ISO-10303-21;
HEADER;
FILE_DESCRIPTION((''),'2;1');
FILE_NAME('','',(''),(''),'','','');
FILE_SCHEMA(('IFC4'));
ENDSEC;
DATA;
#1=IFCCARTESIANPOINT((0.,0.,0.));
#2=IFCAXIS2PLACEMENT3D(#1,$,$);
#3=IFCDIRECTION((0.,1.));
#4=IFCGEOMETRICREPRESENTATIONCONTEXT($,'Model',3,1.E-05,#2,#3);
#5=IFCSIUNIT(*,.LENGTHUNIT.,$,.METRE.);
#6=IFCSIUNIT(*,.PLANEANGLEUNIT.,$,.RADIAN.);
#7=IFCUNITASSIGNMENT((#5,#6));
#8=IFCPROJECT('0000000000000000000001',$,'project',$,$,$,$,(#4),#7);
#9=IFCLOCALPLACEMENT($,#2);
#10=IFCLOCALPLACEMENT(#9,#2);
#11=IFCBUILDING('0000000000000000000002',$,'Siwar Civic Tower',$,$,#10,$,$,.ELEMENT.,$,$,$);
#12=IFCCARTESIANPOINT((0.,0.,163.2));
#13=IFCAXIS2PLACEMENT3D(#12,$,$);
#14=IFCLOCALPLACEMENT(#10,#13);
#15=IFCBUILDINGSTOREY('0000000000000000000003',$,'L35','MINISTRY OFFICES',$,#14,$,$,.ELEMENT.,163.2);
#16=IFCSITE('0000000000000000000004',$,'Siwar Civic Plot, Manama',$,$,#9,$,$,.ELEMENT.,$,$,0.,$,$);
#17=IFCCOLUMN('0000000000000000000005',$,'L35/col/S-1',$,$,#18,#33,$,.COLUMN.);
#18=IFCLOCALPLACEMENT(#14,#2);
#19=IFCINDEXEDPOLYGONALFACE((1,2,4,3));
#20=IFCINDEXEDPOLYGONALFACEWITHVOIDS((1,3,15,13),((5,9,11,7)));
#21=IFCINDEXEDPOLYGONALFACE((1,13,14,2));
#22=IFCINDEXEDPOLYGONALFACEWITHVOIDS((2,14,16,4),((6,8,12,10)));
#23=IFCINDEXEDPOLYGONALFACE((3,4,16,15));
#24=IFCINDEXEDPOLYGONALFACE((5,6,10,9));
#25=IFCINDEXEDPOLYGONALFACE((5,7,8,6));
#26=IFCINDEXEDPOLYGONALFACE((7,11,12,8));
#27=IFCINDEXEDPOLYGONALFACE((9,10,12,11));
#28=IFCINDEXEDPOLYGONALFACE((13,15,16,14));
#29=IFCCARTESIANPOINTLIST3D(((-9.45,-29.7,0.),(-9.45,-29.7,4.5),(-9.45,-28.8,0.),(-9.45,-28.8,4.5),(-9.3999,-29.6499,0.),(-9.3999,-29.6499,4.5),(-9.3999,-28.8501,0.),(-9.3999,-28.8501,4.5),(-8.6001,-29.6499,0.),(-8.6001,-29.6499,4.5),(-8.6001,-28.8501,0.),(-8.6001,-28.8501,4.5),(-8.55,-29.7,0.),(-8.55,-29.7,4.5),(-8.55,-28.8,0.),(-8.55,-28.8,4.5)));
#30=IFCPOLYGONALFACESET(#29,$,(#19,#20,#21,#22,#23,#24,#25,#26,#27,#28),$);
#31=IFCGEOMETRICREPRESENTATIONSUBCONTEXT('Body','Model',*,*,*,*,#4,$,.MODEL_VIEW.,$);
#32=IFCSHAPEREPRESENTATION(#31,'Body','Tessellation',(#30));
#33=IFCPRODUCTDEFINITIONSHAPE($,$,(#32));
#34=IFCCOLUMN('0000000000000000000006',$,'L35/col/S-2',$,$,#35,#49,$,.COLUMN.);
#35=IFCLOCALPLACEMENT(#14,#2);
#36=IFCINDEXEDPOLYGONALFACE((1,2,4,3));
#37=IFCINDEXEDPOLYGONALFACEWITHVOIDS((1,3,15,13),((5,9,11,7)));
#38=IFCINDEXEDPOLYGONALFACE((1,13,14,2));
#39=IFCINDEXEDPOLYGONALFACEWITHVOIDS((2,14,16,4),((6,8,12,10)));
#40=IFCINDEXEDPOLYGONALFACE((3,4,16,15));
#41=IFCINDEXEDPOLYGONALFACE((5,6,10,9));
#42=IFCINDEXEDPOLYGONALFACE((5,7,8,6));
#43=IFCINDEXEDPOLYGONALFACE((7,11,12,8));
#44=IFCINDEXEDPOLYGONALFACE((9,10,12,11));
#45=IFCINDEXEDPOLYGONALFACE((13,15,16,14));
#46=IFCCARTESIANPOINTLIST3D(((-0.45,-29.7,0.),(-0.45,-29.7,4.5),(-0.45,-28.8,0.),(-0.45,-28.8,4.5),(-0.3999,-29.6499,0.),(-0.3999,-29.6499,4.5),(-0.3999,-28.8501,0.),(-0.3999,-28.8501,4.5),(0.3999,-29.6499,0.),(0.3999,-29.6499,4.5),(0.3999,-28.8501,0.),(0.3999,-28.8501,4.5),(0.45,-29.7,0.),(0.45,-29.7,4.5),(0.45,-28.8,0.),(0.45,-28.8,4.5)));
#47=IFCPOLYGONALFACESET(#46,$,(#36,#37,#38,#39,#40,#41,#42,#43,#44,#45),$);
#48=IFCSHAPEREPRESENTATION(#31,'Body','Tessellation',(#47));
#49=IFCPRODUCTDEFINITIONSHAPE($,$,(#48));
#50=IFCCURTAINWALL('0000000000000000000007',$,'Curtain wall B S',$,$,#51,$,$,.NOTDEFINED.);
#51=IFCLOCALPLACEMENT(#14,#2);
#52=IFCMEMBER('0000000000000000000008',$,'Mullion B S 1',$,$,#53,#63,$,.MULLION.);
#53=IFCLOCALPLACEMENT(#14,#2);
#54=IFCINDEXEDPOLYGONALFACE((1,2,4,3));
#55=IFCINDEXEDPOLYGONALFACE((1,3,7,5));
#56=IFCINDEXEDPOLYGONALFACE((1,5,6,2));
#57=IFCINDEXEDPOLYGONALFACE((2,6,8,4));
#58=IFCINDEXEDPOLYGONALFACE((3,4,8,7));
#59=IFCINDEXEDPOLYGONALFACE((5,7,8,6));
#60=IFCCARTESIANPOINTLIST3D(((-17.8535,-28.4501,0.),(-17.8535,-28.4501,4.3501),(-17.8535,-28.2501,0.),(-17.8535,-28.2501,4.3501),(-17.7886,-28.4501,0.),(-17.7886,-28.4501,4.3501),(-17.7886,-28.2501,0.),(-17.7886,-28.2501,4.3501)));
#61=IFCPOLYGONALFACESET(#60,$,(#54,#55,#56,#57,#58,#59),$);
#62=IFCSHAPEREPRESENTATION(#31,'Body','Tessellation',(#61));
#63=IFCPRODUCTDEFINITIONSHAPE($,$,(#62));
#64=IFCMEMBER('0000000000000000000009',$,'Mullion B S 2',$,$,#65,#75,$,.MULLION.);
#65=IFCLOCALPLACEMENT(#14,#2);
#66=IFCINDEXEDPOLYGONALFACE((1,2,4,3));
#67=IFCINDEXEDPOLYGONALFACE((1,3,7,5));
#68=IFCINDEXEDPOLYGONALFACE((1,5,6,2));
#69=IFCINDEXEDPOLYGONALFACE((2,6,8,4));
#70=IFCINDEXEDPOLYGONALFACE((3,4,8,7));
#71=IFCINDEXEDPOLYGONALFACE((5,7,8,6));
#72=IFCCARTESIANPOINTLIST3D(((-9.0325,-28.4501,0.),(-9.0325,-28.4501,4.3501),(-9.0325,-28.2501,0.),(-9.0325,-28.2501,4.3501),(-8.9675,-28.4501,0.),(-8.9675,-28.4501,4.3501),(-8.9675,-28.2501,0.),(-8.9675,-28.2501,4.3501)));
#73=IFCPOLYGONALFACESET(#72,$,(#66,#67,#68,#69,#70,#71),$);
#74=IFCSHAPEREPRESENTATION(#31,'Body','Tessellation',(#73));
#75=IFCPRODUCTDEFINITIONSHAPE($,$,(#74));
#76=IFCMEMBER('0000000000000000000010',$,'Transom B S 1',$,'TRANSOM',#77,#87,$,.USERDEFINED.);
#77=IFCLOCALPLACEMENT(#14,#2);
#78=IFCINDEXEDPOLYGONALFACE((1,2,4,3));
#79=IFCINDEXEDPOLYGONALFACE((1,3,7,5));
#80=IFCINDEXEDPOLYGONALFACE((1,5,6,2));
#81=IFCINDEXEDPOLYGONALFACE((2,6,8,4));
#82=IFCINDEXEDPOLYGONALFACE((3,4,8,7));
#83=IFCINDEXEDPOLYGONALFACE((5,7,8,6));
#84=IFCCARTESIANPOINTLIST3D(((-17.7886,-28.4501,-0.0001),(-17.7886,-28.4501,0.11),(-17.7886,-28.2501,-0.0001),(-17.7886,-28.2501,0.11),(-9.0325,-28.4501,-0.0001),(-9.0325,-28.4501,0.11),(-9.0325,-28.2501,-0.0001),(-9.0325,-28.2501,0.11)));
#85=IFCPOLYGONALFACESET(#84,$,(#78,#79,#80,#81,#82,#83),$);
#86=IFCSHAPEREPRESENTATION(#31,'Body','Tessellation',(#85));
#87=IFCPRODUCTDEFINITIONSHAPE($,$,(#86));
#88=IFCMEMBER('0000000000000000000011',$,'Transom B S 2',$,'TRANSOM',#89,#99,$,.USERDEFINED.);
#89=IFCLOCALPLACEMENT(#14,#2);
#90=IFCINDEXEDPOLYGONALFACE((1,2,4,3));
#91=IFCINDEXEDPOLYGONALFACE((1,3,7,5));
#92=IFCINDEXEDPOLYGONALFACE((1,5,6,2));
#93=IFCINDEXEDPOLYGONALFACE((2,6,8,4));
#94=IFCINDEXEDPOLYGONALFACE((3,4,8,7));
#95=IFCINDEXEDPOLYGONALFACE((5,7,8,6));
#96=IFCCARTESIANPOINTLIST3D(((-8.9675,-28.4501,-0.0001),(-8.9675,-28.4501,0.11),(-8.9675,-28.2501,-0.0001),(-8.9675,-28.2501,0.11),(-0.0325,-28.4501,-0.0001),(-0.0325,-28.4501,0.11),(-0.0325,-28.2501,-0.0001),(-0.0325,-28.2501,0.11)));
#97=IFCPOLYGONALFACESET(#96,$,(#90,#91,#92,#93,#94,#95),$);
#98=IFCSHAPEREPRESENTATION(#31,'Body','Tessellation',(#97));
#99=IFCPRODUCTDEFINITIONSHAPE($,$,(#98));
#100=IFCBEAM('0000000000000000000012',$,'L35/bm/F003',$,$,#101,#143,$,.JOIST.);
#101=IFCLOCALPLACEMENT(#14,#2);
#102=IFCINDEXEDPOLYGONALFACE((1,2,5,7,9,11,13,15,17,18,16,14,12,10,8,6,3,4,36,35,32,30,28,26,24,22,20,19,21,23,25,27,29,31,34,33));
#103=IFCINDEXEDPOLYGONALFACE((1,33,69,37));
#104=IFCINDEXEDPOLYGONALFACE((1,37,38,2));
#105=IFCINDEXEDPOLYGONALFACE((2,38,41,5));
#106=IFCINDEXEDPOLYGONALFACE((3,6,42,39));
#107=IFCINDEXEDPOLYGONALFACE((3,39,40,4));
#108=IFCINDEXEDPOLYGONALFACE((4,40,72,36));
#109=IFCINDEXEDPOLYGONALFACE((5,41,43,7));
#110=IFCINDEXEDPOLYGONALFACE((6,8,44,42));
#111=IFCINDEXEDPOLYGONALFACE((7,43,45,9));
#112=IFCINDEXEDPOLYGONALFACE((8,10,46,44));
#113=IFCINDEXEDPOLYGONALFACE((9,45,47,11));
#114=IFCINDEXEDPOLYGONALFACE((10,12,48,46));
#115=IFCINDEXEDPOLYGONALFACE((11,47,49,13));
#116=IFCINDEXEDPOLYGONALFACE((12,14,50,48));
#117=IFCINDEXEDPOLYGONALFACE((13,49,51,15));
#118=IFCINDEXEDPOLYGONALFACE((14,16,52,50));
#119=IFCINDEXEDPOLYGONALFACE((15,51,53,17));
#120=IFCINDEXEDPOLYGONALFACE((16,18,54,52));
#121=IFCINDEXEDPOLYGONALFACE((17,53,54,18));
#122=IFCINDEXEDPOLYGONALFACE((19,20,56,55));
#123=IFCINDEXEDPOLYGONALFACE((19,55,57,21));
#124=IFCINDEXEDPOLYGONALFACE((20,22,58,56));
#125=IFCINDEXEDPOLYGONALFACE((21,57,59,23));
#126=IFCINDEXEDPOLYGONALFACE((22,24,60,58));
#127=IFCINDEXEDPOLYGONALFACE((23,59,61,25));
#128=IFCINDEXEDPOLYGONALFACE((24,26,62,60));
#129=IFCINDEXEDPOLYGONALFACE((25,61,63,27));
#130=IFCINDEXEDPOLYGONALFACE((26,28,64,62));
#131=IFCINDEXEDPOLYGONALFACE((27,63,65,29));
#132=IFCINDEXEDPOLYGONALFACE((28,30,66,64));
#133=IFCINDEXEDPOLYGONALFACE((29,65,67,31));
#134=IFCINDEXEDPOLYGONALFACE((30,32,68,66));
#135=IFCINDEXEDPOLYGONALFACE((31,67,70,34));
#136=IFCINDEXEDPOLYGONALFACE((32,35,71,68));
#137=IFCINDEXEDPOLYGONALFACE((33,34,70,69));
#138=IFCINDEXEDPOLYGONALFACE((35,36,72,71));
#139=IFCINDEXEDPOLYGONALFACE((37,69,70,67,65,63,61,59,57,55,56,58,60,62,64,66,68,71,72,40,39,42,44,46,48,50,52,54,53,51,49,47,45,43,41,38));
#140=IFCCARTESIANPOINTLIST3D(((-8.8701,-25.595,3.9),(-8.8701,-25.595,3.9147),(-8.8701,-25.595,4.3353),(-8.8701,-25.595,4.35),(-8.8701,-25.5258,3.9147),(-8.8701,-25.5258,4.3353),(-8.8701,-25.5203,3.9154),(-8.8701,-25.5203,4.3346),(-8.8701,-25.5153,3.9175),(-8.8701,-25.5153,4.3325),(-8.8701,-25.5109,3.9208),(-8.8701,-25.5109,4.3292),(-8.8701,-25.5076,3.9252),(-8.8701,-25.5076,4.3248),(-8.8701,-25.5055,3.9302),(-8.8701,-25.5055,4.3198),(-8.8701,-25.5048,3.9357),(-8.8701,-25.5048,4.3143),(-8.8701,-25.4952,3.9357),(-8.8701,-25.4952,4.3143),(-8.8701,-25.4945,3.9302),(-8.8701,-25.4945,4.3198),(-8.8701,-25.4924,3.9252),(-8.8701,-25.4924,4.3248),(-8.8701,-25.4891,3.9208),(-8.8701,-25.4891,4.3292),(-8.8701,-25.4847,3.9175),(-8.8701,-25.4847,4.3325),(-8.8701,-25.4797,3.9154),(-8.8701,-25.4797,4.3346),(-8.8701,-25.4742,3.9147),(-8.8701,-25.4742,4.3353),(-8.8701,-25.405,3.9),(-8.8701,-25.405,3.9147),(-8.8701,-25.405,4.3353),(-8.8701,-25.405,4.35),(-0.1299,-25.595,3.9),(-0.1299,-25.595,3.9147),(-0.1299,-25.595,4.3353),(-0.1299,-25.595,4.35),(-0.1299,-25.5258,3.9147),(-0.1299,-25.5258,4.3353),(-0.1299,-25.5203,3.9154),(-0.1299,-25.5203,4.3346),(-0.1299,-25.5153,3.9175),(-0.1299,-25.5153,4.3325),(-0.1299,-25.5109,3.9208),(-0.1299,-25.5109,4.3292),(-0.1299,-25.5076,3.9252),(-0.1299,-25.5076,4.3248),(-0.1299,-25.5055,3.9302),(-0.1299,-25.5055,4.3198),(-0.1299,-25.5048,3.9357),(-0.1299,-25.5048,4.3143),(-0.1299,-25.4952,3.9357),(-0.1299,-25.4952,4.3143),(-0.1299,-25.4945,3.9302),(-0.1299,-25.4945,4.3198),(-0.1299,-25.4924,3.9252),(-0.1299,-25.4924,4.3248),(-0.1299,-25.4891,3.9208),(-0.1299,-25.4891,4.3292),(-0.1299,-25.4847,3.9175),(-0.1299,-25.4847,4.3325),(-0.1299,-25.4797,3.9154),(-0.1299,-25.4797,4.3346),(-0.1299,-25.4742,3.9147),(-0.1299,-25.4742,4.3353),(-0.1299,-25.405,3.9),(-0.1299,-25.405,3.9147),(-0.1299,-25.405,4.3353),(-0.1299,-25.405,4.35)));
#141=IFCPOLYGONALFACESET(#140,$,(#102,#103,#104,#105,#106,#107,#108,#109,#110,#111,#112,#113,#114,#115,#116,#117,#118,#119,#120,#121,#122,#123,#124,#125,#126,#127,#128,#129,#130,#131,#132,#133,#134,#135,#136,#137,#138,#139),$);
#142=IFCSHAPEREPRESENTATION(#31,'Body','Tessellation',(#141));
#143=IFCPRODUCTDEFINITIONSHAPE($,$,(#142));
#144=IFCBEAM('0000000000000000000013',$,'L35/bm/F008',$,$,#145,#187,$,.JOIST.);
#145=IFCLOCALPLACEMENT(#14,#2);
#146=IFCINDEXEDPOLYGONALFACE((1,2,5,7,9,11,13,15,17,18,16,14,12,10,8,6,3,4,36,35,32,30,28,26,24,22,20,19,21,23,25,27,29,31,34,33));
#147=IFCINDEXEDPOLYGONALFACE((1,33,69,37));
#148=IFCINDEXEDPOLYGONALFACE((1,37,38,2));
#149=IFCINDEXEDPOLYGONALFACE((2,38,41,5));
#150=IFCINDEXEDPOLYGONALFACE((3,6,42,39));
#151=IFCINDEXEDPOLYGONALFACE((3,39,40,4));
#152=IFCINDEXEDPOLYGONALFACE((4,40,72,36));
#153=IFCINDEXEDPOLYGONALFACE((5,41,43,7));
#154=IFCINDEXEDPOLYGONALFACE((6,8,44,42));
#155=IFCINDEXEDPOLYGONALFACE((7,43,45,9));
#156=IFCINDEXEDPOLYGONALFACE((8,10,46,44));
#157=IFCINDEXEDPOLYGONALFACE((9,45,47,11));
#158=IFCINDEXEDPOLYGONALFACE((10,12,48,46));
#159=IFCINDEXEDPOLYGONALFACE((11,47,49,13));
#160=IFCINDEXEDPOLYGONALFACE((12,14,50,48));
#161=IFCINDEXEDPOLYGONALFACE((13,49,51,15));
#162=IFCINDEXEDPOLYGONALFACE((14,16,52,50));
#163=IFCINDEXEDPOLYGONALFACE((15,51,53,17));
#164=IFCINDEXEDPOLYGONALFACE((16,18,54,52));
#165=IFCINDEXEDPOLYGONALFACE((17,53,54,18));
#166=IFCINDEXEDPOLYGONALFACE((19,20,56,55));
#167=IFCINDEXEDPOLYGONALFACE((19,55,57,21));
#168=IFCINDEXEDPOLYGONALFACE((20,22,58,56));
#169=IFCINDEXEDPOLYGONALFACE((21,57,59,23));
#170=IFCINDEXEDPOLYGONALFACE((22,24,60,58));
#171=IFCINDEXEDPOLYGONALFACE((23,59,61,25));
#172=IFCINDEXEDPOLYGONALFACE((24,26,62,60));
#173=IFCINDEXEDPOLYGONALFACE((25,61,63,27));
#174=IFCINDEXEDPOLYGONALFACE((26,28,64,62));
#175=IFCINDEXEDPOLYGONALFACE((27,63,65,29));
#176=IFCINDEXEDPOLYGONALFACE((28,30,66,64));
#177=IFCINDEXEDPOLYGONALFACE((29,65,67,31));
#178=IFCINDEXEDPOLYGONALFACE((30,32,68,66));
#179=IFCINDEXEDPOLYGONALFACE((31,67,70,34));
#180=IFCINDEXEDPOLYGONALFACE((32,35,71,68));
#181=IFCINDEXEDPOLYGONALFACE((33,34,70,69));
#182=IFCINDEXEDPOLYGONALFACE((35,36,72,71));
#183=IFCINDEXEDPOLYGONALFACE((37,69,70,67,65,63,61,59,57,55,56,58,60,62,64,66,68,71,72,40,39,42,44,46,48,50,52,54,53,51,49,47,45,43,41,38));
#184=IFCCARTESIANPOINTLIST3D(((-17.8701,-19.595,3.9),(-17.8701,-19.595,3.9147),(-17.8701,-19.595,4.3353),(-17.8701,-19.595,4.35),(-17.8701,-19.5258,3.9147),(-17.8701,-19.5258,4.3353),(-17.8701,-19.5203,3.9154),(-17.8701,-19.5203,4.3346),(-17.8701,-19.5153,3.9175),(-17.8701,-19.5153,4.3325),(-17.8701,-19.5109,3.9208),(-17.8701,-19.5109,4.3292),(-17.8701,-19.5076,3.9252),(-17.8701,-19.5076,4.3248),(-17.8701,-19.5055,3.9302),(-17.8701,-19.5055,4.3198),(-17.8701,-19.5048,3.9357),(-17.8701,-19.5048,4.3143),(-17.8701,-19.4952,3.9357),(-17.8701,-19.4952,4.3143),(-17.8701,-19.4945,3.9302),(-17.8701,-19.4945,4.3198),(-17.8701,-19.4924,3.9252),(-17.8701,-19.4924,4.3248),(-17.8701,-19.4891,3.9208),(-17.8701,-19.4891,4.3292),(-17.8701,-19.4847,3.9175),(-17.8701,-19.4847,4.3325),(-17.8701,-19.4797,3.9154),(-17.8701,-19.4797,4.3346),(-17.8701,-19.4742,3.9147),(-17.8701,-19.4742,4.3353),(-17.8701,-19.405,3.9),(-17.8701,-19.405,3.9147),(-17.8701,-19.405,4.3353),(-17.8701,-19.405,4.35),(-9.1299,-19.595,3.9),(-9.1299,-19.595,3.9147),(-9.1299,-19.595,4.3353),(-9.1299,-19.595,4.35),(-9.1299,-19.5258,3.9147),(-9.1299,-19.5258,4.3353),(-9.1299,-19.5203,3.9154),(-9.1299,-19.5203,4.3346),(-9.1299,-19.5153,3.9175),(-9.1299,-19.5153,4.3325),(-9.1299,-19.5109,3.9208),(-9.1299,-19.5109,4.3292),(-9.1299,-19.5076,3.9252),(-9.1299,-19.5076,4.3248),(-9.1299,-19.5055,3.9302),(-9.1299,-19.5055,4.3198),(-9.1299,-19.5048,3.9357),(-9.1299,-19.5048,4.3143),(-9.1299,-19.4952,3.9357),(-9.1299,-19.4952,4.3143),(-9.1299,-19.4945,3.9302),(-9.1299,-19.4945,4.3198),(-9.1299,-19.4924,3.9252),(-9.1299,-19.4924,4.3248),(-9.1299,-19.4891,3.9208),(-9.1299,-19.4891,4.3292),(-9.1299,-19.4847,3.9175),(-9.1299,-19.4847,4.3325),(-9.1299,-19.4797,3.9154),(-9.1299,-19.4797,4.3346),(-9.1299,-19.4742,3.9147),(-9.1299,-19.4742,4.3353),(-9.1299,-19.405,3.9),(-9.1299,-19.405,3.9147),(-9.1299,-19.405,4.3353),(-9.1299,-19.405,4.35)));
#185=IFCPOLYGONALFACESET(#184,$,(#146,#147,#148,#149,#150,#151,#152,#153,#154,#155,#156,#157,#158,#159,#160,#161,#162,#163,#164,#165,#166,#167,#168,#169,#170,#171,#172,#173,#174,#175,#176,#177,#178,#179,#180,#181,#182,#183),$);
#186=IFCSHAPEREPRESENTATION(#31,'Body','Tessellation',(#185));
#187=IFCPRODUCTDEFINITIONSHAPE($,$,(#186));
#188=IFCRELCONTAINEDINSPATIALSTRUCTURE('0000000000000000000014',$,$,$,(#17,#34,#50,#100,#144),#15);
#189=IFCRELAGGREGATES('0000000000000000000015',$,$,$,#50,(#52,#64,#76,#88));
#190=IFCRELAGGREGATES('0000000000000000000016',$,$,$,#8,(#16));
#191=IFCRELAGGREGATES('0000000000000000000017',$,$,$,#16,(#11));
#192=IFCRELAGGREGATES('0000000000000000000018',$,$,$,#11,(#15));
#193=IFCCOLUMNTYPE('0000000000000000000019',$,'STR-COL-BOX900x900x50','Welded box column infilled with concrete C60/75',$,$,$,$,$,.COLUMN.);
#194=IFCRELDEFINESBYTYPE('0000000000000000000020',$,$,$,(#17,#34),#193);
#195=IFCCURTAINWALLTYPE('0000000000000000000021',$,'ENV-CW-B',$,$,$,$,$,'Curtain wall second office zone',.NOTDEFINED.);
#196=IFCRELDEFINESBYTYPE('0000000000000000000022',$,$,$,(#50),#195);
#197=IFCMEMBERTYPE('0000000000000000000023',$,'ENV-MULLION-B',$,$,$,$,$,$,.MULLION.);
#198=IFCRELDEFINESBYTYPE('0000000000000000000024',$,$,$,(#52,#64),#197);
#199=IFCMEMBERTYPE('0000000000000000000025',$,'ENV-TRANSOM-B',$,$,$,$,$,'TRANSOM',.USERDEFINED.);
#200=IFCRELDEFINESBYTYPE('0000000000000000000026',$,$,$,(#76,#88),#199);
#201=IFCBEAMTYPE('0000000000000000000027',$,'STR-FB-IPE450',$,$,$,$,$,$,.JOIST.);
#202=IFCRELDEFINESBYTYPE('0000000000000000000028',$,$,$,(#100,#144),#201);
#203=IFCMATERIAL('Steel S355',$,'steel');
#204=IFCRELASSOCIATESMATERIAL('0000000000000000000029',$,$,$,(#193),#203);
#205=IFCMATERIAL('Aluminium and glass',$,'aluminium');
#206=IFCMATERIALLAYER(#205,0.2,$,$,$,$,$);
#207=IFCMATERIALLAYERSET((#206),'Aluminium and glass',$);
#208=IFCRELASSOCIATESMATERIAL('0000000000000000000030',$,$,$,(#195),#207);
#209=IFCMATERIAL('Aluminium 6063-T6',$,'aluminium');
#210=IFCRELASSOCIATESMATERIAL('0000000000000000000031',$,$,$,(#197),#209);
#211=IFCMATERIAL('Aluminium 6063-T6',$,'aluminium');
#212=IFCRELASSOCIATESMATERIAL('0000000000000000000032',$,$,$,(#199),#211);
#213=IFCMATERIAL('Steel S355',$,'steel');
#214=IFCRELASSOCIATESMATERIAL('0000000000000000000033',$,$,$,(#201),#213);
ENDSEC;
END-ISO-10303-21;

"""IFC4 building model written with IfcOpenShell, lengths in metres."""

from ifc_helpers import new_model, si_unit, direction, frame, origin, origin_2d, place, context, subcontext, project, spatial, rectangle, hollow_rectangle, i_section, extrude, material, layer, layer_set, material_profile, profile_set, type_object, element, aggregate, save


model = new_model("IFC4")

# Units and contexts
model_context = context("Model", 3, precision=1e-05, world=origin(), true_north=direction((0.0, 1.0)))
body_context = subcontext(model_context, "Body", "Model", "MODEL_VIEW")
ifc_project = project(units=[si_unit("LENGTHUNIT", "METRE"), si_unit("PLANEANGLEUNIT", "RADIAN")], contexts=[model_context])

# Site, building, storey
site_placement = place(None, origin())
site = spatial("IfcSite", under=ifc_project, at=site_placement, Name="Siwar Civic Plot, Manama", CompositionType="ELEMENT", RefElevation=0.0)
building_placement = place(site_placement, origin())
building = spatial("IfcBuilding", under=site, at=building_placement, Name="Siwar Civic Tower", CompositionType="ELEMENT")
storey_placement = place(building_placement, frame((0.0, 0.0, 163.2)))
storey = spatial("IfcBuildingStorey", under=building, at=storey_placement, Name="L35", Description="MINISTRY OFFICES", CompositionType="ELEMENT", Elevation=163.2)

# Columns
ifc_material_1 = material(Name="Steel S355", Category="steel")
ifc_material_profile_1 = material_profile(ifc_material_1, hollow_rectangle(XDim=0.8999, YDim=0.8999, WallThickness=0.05, at=origin_2d()), Name="BOX900x900x50")
ifc_profile_set_1 = profile_set([ifc_material_profile_1], Name="Steel S355")
column_type = type_object("IfcColumnType", Name="STR-COL-BOX900x900x50", Description="Welded box column infilled with concrete C60/75", PredefinedType="COLUMN", material=ifc_profile_set_1)
for number, where, z_axis, x_axis, name in (
    (1, (-9.0, -29.25, 0.0), (0.0, 0.0, 1.0), (1.0, 0.0, 0.0), "L35/col/S-1"),
    (2, (0.0, -29.25, 0.0), (0.0, 0.0, 1.0), (1.0, 0.0, 0.0), "L35/col/S-2"),
):
    element("IfcColumn", number, at=place(storey_placement, frame(where, z_axis=z_axis, x_axis=x_axis)), inside=storey, type_object=column_type, Name=name, PredefinedType="COLUMN", context=body_context, shape_type="SweptSolid", body=[
        extrude(hollow_rectangle(XDim=0.8999, YDim=0.8999, WallThickness=0.05, at=origin_2d()), origin(), (0.0, 0.0, 1.0), 4.5),
    ])

# Curtain wall, members
ifc_material_2 = material(Name="Aluminium and glass", Category="aluminium")
ifc_layer_1 = layer(ifc_material_2, 0.2)
ifc_layer_set_1 = layer_set([ifc_layer_1], Name="Aluminium and glass")
curtain_wall_type = type_object("IfcCurtainWallType", Name="ENV-CW-B", ElementType="Curtain wall second office zone", PredefinedType="NOTDEFINED", material=ifc_layer_set_1)
curtain_wall_placement = place(storey_placement, origin())
curtain_wall = element("IfcCurtainWall", 3, at=curtain_wall_placement, inside=storey, type_object=curtain_wall_type, Name="Curtain wall B S", PredefinedType="NOTDEFINED")
ifc_material_3 = material(Name="Aluminium 6063-T6", Category="aluminium")
ifc_material_profile_2 = material_profile(ifc_material_3, rectangle(XDim=0.2, YDim=0.0649, at=origin_2d()), Name="AL 200x65")
ifc_profile_set_2 = profile_set([ifc_material_profile_2], Name="Aluminium 6063-T6")
member_type_1 = type_object("IfcMemberType", Name="ENV-MULLION-B", PredefinedType="MULLION", material=ifc_profile_set_2)
member_1_placement = place(storey_placement, frame((-17.821, -28.3501, 0.0), z_axis=(0.0, 0.0, 1.0), x_axis=(0.0, 1.0, 0.0)))
member_1 = element("IfcMember", 4, at=member_1_placement, type_object=member_type_1, Name="Mullion B S 1", PredefinedType="MULLION", context=body_context, shape_type="SweptSolid", body=[
    extrude(rectangle(XDim=0.2, YDim=0.0649, at=origin_2d()), origin(), (0.0, 0.0, 1.0), 4.3501),
])
member_2_placement = place(storey_placement, frame((-9.0, -28.3501, 0.0), z_axis=(0.0, 0.0, 1.0), x_axis=(0.0, 1.0, 0.0)))
member_2 = element("IfcMember", 5, at=member_2_placement, type_object=member_type_1, Name="Mullion B S 2", PredefinedType="MULLION", context=body_context, shape_type="SweptSolid", body=[
    extrude(rectangle(XDim=0.2, YDim=0.0649, at=origin_2d()), origin(), (0.0, 0.0, 1.0), 4.3501),
])
ifc_material_4 = material(Name="Aluminium 6063-T6", Category="aluminium")
ifc_material_profile_3 = material_profile(ifc_material_4, rectangle(XDim=0.2, YDim=0.1101, at=origin_2d()), Name="AL 200x110")
ifc_profile_set_3 = profile_set([ifc_material_profile_3], Name="Aluminium 6063-T6")
member_type_2 = type_object("IfcMemberType", Name="ENV-TRANSOM-B", ElementType="TRANSOM", PredefinedType="USERDEFINED", material=ifc_profile_set_3)
member_3_placement = place(storey_placement, frame((-17.7886, -28.3501, 0.0549), z_axis=(1.0, 0.0, 0.0), x_axis=(0.0, 1.0, 0.0)))
member_3 = element("IfcMember", 6, at=member_3_placement, type_object=member_type_2, Name="Transom B S 1", ObjectType="TRANSOM", PredefinedType="USERDEFINED", context=body_context, shape_type="SweptSolid", body=[
    extrude(rectangle(XDim=0.2, YDim=0.1101, at=origin_2d()), origin(), (0.0, 0.0, 1.0), 8.7561),
])
member_4_placement = place(storey_placement, frame((-8.9675, -28.3501, 0.0549), z_axis=(1.0, 0.0, 0.0), x_axis=(0.0, 1.0, 0.0)))
member_4 = element("IfcMember", 7, at=member_4_placement, type_object=member_type_2, Name="Transom B S 2", ObjectType="TRANSOM", PredefinedType="USERDEFINED", context=body_context, shape_type="SweptSolid", body=[
    extrude(rectangle(XDim=0.2, YDim=0.1101, at=origin_2d()), origin(), (0.0, 0.0, 1.0), 8.9351),
])

# Beams
ifc_material_5 = material(Name="Steel S355", Category="steel")
ifc_material_profile_4 = material_profile(ifc_material_5, i_section(OverallWidth=0.1899, OverallDepth=0.45, WebThickness=0.0095, FlangeThickness=0.0146, FilletRadius=0.021, at=origin_2d()), Name="IPE450")
ifc_profile_set_4 = profile_set([ifc_material_profile_4], Name="Steel S355")
beam_type_1 = type_object("IfcBeamType", Name="STR-FB-IPE450", PredefinedType="JOIST", material=ifc_profile_set_4)
for number, where, z_axis, x_axis, name in (
    (8, (-8.8701, -25.5, 4.125), (1.0, 0.0, 0.0), (0.0, 1.0, 0.0), "L35/bm/F003"),
    (9, (-17.8701, -19.5, 4.125), (1.0, 0.0, 0.0), (0.0, 1.0, 0.0), "L35/bm/F008"),
):
    element("IfcBeam", number, at=place(storey_placement, frame(where, z_axis=z_axis, x_axis=x_axis)), inside=storey, type_object=beam_type_1, Name=name, PredefinedType="JOIST", context=body_context, shape_type="SweptSolid", body=[
        extrude(i_section(OverallWidth=0.1899, OverallDepth=0.45, WebThickness=0.0095, FlangeThickness=0.0146, FilletRadius=0.021, at=origin_2d()), origin(), (0.0, 0.0, 1.0), 8.7402),
    ])

aggregate(curtain_wall, [member_1, member_2, member_3, member_4])

save(model, "model.ifc")
